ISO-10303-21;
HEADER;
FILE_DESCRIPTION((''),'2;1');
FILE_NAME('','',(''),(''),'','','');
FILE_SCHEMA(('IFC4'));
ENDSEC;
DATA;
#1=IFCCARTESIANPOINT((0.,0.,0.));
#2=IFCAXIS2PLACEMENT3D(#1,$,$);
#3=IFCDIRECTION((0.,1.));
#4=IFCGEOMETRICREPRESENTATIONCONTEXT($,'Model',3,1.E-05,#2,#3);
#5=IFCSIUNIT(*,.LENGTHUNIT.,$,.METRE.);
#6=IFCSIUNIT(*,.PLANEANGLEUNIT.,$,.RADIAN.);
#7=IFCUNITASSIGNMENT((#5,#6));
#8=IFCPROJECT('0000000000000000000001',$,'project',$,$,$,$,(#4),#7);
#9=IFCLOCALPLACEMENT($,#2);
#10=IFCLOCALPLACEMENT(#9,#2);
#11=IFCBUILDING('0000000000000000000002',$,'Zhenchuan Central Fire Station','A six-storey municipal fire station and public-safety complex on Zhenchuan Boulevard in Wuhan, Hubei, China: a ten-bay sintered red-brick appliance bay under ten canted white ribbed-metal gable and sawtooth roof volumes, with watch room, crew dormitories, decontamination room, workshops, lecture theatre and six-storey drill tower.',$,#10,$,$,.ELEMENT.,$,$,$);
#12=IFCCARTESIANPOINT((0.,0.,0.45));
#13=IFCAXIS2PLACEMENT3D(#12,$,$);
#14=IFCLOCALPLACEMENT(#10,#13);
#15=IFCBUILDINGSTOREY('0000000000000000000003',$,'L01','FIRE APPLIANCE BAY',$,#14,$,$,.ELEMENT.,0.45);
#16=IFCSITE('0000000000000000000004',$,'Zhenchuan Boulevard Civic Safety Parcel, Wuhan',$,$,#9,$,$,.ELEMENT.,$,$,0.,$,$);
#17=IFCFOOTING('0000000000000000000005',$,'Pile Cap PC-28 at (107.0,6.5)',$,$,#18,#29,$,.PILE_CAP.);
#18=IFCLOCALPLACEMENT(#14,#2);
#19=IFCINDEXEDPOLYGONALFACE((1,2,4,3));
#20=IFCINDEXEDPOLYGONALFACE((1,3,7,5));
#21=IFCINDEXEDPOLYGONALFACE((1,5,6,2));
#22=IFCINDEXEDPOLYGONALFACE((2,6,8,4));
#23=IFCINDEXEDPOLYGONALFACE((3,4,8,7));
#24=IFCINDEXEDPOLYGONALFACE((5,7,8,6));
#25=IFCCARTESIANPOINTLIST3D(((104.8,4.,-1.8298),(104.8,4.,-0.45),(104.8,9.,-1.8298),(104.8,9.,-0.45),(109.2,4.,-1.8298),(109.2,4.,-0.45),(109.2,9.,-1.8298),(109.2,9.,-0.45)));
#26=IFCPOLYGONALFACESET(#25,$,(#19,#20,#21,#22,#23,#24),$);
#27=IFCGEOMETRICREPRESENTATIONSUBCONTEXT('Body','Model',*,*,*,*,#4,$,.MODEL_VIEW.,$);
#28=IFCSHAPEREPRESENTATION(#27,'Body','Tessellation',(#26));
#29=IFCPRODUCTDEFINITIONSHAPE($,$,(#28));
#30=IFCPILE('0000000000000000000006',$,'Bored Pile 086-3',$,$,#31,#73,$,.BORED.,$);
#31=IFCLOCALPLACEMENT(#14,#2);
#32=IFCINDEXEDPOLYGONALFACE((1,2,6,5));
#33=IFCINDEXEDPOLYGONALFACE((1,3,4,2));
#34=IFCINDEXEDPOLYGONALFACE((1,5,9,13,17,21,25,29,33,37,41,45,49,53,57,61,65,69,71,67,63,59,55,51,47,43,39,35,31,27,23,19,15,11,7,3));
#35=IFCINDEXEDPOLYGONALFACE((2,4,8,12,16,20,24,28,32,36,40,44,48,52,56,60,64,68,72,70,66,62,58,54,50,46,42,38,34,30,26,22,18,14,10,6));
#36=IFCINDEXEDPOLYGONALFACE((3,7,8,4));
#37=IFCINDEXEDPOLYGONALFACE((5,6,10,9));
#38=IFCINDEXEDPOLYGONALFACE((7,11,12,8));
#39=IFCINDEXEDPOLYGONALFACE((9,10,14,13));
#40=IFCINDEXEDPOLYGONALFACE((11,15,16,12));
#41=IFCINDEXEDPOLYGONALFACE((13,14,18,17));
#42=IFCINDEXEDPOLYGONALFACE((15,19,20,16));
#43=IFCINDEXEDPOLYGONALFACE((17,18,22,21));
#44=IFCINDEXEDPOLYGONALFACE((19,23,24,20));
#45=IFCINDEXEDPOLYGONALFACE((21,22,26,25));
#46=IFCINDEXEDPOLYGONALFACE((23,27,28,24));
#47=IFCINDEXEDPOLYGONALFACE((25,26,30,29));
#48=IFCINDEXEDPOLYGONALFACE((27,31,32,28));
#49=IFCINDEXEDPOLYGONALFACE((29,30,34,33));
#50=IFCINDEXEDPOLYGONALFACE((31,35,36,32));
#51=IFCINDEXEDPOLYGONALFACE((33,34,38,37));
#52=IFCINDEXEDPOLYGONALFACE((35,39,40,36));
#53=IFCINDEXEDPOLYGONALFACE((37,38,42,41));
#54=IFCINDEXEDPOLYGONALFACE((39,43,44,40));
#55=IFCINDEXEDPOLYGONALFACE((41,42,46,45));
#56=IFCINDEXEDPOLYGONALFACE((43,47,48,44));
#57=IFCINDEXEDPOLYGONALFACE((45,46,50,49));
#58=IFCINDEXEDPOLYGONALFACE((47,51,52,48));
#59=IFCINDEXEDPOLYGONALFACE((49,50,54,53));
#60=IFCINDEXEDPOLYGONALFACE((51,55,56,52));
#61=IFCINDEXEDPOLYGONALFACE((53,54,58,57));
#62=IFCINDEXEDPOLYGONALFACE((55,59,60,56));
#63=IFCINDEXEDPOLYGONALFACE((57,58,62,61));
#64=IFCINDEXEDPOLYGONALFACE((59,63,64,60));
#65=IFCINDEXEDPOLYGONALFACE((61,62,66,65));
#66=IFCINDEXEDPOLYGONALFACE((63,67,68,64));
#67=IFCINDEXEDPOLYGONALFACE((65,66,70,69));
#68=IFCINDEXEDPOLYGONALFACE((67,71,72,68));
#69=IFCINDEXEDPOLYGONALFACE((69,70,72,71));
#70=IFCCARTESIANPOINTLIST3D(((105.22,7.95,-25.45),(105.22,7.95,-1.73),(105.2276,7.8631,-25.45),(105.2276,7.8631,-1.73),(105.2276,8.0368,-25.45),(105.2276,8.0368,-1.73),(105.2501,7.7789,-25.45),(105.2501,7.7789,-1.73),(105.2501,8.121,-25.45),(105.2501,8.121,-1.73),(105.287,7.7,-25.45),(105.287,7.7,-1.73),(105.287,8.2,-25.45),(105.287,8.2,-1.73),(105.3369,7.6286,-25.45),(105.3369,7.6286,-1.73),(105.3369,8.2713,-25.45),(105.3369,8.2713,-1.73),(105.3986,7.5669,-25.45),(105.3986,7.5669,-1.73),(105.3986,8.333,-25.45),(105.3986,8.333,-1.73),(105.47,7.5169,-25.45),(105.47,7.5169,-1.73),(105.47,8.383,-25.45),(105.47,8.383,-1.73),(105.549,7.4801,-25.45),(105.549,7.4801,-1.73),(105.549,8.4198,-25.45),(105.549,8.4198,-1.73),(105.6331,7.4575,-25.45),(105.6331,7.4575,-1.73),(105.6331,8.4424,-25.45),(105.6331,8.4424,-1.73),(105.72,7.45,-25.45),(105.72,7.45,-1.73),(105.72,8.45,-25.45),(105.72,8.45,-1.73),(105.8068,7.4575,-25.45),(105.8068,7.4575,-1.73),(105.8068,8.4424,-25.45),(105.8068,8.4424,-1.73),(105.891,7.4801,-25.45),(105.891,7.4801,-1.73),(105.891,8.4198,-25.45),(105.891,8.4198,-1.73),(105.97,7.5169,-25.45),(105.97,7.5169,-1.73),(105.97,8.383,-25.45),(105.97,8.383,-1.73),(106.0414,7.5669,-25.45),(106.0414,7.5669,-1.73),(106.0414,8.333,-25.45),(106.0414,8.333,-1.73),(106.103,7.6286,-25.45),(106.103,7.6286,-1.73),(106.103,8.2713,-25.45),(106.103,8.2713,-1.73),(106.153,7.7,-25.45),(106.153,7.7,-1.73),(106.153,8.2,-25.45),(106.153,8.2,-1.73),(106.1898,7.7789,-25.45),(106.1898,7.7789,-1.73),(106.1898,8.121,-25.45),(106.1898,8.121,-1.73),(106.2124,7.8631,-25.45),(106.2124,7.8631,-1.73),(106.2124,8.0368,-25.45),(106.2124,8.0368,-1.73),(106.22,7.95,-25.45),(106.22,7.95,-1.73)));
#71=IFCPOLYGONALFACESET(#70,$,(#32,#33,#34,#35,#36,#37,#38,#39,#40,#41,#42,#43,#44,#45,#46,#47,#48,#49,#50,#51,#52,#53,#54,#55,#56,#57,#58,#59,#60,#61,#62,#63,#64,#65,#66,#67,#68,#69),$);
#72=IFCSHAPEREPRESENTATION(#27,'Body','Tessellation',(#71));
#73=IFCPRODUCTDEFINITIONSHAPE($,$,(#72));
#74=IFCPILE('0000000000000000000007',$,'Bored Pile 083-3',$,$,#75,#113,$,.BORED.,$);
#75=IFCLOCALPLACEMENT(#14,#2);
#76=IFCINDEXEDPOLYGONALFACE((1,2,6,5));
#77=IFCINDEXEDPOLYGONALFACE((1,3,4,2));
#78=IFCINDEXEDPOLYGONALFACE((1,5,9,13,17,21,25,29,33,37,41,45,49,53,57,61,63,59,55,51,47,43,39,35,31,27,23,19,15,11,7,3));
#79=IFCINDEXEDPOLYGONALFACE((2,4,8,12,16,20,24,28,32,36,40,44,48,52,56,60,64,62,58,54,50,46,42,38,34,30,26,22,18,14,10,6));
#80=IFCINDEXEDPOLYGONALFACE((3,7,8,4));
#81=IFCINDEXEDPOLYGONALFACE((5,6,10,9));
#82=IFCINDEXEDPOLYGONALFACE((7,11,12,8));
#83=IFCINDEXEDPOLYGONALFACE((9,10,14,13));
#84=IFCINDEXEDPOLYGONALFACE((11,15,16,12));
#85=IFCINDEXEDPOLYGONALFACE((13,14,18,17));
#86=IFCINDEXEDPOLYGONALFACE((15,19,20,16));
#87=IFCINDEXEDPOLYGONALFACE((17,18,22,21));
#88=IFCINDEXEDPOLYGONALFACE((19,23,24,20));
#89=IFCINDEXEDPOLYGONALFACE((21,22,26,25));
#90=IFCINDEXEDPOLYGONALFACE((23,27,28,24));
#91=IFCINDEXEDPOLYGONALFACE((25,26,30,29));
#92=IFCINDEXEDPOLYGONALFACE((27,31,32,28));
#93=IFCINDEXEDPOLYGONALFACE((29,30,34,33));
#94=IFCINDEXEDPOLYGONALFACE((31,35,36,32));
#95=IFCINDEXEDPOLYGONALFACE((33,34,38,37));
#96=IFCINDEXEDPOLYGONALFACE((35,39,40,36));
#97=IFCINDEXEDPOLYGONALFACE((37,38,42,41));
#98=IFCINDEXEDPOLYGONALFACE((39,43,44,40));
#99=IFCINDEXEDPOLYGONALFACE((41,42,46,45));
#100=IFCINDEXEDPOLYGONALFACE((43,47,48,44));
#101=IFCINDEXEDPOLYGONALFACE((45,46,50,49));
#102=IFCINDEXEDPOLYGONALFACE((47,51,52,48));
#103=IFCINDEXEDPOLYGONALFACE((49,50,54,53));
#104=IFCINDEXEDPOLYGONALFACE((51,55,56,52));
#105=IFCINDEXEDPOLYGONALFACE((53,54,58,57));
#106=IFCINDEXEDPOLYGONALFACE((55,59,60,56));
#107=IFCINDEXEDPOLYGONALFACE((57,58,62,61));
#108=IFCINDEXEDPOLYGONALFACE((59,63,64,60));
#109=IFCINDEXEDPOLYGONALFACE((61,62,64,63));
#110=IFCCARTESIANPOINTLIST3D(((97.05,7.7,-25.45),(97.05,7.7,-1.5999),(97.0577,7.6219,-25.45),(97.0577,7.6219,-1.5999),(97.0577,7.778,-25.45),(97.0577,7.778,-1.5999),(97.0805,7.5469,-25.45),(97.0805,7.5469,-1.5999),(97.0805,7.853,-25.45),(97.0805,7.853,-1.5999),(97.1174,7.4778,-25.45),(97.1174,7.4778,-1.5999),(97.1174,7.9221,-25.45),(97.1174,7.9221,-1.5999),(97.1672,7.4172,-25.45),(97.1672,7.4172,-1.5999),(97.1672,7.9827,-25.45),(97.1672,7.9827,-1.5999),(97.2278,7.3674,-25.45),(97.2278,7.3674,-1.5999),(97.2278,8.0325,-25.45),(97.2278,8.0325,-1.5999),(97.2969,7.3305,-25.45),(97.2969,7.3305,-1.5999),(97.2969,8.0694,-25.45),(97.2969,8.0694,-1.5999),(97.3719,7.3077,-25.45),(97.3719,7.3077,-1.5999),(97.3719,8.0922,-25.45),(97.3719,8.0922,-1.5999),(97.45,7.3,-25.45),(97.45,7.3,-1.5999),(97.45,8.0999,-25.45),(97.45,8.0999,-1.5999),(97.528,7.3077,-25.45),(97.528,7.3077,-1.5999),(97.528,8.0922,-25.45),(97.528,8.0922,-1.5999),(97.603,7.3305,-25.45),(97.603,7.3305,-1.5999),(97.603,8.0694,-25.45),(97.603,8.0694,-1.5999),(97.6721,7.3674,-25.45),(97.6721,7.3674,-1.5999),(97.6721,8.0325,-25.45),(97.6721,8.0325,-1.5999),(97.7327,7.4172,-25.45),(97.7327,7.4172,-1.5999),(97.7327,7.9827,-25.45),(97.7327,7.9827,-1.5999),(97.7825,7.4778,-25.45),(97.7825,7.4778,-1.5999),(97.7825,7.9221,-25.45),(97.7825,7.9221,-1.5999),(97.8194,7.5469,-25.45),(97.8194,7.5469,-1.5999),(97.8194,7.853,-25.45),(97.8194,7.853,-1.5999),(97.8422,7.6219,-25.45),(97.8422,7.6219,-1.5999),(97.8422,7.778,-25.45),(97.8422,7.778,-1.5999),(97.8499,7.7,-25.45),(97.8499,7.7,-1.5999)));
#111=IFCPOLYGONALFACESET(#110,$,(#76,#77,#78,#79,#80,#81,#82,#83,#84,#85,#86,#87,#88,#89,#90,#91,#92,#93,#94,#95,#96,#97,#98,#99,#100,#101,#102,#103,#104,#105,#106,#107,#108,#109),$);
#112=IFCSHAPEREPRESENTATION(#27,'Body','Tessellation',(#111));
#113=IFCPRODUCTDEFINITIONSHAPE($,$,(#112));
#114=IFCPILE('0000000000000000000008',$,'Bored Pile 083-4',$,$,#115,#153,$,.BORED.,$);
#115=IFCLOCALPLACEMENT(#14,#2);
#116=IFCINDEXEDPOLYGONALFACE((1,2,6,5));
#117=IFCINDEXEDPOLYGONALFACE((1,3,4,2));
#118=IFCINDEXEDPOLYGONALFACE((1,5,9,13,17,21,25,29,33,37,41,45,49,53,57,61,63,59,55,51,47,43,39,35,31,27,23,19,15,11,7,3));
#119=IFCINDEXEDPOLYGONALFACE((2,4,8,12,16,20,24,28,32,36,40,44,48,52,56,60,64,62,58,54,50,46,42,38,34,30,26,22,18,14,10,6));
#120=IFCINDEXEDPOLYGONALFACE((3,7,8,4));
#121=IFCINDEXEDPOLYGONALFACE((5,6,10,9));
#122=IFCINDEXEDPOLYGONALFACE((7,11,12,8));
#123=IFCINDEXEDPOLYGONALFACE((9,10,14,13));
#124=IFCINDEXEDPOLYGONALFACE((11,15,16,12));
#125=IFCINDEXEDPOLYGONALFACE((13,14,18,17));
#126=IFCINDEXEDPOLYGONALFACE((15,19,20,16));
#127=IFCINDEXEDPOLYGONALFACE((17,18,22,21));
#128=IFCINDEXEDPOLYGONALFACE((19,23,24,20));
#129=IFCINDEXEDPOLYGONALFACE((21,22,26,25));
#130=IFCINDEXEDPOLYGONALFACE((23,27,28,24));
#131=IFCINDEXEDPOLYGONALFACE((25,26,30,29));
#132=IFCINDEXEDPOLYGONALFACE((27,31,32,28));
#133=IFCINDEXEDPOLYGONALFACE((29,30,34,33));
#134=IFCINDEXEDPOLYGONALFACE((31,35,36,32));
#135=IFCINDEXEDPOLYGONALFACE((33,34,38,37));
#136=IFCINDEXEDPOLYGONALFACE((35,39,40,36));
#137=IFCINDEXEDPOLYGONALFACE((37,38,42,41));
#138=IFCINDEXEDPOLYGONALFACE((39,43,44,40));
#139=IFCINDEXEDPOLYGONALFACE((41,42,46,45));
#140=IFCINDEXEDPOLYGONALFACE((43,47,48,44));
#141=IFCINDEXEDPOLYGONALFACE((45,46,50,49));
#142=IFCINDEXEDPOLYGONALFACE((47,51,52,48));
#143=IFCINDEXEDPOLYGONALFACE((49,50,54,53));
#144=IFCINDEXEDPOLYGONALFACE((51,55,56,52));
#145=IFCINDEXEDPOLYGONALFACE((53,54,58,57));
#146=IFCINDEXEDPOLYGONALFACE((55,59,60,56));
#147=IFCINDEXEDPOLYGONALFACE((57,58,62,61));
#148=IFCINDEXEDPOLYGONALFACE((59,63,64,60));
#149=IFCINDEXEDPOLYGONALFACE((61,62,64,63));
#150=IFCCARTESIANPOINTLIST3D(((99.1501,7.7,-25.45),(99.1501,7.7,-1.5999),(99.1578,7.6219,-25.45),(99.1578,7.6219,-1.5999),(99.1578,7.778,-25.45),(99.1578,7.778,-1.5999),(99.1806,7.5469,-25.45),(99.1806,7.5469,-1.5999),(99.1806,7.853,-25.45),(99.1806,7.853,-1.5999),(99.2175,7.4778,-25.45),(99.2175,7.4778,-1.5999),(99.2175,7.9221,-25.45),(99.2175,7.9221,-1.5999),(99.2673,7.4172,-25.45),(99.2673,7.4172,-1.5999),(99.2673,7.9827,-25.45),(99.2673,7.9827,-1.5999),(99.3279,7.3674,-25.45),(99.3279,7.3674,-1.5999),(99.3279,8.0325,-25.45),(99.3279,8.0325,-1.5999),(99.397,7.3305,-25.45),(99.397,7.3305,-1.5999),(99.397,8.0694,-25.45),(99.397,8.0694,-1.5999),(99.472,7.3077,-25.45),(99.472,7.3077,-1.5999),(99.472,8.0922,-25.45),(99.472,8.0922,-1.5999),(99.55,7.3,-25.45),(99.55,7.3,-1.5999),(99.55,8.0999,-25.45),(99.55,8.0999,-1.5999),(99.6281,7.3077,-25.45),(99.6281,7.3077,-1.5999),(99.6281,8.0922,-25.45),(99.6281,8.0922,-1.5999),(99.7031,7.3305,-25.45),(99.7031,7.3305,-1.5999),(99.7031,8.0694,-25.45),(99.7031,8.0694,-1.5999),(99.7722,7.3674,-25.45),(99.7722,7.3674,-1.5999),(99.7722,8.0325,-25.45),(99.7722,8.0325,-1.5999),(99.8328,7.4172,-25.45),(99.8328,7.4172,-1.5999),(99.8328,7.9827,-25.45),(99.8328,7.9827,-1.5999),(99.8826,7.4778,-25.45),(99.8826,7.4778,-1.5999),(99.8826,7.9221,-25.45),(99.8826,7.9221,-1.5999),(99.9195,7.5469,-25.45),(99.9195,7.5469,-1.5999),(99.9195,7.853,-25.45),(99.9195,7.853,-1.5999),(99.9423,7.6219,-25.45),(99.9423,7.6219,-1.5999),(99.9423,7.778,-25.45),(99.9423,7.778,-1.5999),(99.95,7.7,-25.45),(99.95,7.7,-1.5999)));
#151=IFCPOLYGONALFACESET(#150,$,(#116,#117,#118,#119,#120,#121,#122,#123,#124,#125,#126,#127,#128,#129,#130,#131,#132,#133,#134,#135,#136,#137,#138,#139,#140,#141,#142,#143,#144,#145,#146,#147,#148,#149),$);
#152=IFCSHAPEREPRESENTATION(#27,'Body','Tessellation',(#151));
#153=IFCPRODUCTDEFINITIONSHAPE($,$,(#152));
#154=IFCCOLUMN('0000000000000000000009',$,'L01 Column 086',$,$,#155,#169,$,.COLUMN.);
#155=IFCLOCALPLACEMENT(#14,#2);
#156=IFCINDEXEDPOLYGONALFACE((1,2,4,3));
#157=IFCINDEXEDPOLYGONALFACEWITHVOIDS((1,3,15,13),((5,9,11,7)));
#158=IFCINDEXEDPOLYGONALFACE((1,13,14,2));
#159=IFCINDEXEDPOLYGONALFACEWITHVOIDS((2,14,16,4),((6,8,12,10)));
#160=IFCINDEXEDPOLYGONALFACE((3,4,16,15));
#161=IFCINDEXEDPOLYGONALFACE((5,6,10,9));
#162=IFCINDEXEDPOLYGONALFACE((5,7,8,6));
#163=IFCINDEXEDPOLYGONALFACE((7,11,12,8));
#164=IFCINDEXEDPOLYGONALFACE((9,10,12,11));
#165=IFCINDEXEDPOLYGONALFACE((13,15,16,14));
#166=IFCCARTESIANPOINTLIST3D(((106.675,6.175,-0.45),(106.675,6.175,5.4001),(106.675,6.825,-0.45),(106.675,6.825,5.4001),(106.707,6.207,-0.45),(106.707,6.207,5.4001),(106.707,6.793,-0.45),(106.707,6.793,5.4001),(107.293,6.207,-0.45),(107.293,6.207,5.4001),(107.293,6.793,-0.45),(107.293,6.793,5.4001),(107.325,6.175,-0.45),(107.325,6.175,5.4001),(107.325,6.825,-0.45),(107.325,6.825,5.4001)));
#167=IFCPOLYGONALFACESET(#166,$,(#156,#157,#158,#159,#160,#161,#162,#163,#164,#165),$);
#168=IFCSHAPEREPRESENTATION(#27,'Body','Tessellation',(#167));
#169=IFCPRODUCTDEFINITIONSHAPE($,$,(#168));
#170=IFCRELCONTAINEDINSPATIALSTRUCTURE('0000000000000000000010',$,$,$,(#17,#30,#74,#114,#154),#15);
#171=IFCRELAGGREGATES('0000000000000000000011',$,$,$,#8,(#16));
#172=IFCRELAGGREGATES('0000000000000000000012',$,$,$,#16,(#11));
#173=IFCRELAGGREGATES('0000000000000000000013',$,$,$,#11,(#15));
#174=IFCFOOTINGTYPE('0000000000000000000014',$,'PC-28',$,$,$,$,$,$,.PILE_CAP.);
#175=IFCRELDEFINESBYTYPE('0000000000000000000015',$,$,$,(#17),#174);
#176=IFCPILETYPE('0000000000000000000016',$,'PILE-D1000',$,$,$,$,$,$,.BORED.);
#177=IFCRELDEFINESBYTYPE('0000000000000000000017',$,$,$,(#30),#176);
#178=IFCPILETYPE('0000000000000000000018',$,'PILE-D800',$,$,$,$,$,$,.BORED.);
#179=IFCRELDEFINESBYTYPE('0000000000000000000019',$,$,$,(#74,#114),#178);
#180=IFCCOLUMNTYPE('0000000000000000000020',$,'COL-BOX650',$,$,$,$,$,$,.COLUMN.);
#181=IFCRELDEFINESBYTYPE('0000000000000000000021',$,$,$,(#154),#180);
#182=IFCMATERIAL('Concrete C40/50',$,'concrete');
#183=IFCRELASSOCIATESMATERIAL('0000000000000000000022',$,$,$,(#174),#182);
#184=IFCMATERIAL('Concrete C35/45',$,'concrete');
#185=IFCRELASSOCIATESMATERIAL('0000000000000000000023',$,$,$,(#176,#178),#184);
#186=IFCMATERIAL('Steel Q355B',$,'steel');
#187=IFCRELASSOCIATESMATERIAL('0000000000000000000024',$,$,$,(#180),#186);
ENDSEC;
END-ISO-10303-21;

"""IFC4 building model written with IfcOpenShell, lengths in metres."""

from ifc_helpers import new_model, si_unit, direction, frame, origin, origin_2d, place, context, subcontext, project, spatial, rectangle, hollow_rectangle, circle, extrude, material, material_profile, profile_set, type_object, element, save


model = new_model("IFC4")

# Units and contexts
model_context = context("Model", 3, precision=1e-05, world=origin(), true_north=direction((0.0, 1.0)))
body_context = subcontext(model_context, "Body", "Model", "MODEL_VIEW")
ifc_project = project(units=[si_unit("LENGTHUNIT", "METRE"), si_unit("PLANEANGLEUNIT", "RADIAN")], contexts=[model_context])

# Site, building, storey
site_placement = place(None, origin())
site = spatial("IfcSite", under=ifc_project, at=site_placement, Name="Zhenchuan Boulevard Civic Safety Parcel, Wuhan", CompositionType="ELEMENT", RefElevation=0.0)
building_placement = place(site_placement, origin())
building = spatial("IfcBuilding", under=site, at=building_placement, Name="Zhenchuan Central Fire Station", Description="A six-storey municipal fire station and public-safety complex on Zhenchuan Boulevard in Wuhan, Hubei, China: a ten-bay sintered red-brick appliance bay under ten canted white ribbed-metal gable and sawtooth roof volumes, with watch room, crew dormitories, decontamination room, workshops, lecture theatre and six-storey drill tower.", CompositionType="ELEMENT")
storey_placement = place(building_placement, frame((0.0, 0.0, 0.45)))
storey = spatial("IfcBuildingStorey", under=building, at=storey_placement, Name="L01", Description="FIRE APPLIANCE BAY", CompositionType="ELEMENT", Elevation=0.45)

# Footing
ifc_material_1 = material(Name="Concrete C40/50", Category="concrete")
footing_type = type_object("IfcFootingType", Name="PC-28", PredefinedType="PILE_CAP", material=ifc_material_1)
footing_placement = place(storey_placement, frame((107.0, 6.5, -1.8298), z_axis=(0.0, 0.0, 1.0), x_axis=(1.0, 0.0, 0.0)))
element("IfcFooting", 1, at=footing_placement, inside=storey, type_object=footing_type, Name="Pile Cap PC-28 at (107.0,6.5)", PredefinedType="PILE_CAP", context=body_context, shape_type="SweptSolid", body=[
    extrude(rectangle(XDim=4.3999, YDim=5.0, at=origin_2d()), origin(), (0.0, 0.0, 1.0), 1.3799),
])

# Piles
ifc_material_2 = material(Name="Concrete C35/45", Category="concrete")
ifc_material_profile_1 = material_profile(ifc_material_2, circle(Radius=0.5, at=origin_2d()), Name="PILE D1000")
ifc_profile_set_1 = profile_set([ifc_material_profile_1], Name="Concrete C35/45")
pile_type_1 = type_object("IfcPileType", Name="PILE-D1000", PredefinedType="BORED", material=ifc_profile_set_1)
pile_placement = place(storey_placement, frame((105.72, 7.95, -1.73), z_axis=(0.0, 0.0, -1.0), x_axis=(1.0, 0.0, 0.0)))
element("IfcPile", 2, at=pile_placement, inside=storey, type_object=pile_type_1, Name="Bored Pile 086-3", PredefinedType="BORED", context=body_context, shape_type="SweptSolid", body=[
    extrude(circle(Radius=0.5, at=origin_2d()), origin(), (0.0, 0.0, 1.0), 23.72),
])
ifc_material_profile_2 = material_profile(ifc_material_2, circle(Radius=0.3999, at=origin_2d()), Name="PILE D800")
ifc_profile_set_2 = profile_set([ifc_material_profile_2], Name="Concrete C35/45")
pile_type_2 = type_object("IfcPileType", Name="PILE-D800", PredefinedType="BORED", material=ifc_profile_set_2)
for number, where, z_axis, x_axis, name in (
    (3, (97.45, 7.7, -1.5999), (0.0, 0.0, -1.0), (1.0, 0.0, 0.0), "Bored Pile 083-3"),
    (4, (99.55, 7.7, -1.5999), (0.0, 0.0, -1.0), (1.0, 0.0, 0.0), "Bored Pile 083-4"),
):
    element("IfcPile", number, at=place(storey_placement, frame(where, z_axis=z_axis, x_axis=x_axis)), inside=storey, type_object=pile_type_2, Name=name, PredefinedType="BORED", context=body_context, shape_type="SweptSolid", body=[
        extrude(circle(Radius=0.3999, at=origin_2d()), origin(), (0.0, 0.0, 1.0), 23.8501),
    ])

# Column
ifc_material_3 = material(Name="Steel Q355B", Category="steel")
ifc_material_profile_3 = material_profile(ifc_material_3, hollow_rectangle(XDim=0.6499, YDim=0.6499, WallThickness=0.032, at=origin_2d()), Name="BOX 650x650x32")
ifc_profile_set_3 = profile_set([ifc_material_profile_3], Name="Steel Q355B")
column_type = type_object("IfcColumnType", Name="COL-BOX650", PredefinedType="COLUMN", material=ifc_profile_set_3)
column_placement = place(storey_placement, frame((107.0, 6.5, -0.45), z_axis=(0.0, 0.0, 1.0), x_axis=(1.0, 0.0, 0.0)))
element("IfcColumn", 5, at=column_placement, inside=storey, type_object=column_type, Name="L01 Column 086", PredefinedType="COLUMN", context=body_context, shape_type="SweptSolid", body=[
    extrude(hollow_rectangle(XDim=0.6499, YDim=0.6499, WallThickness=0.032, at=origin_2d()), origin(), (0.0, 0.0, 1.0), 5.8501),
])

save(model, "model.ifc")
